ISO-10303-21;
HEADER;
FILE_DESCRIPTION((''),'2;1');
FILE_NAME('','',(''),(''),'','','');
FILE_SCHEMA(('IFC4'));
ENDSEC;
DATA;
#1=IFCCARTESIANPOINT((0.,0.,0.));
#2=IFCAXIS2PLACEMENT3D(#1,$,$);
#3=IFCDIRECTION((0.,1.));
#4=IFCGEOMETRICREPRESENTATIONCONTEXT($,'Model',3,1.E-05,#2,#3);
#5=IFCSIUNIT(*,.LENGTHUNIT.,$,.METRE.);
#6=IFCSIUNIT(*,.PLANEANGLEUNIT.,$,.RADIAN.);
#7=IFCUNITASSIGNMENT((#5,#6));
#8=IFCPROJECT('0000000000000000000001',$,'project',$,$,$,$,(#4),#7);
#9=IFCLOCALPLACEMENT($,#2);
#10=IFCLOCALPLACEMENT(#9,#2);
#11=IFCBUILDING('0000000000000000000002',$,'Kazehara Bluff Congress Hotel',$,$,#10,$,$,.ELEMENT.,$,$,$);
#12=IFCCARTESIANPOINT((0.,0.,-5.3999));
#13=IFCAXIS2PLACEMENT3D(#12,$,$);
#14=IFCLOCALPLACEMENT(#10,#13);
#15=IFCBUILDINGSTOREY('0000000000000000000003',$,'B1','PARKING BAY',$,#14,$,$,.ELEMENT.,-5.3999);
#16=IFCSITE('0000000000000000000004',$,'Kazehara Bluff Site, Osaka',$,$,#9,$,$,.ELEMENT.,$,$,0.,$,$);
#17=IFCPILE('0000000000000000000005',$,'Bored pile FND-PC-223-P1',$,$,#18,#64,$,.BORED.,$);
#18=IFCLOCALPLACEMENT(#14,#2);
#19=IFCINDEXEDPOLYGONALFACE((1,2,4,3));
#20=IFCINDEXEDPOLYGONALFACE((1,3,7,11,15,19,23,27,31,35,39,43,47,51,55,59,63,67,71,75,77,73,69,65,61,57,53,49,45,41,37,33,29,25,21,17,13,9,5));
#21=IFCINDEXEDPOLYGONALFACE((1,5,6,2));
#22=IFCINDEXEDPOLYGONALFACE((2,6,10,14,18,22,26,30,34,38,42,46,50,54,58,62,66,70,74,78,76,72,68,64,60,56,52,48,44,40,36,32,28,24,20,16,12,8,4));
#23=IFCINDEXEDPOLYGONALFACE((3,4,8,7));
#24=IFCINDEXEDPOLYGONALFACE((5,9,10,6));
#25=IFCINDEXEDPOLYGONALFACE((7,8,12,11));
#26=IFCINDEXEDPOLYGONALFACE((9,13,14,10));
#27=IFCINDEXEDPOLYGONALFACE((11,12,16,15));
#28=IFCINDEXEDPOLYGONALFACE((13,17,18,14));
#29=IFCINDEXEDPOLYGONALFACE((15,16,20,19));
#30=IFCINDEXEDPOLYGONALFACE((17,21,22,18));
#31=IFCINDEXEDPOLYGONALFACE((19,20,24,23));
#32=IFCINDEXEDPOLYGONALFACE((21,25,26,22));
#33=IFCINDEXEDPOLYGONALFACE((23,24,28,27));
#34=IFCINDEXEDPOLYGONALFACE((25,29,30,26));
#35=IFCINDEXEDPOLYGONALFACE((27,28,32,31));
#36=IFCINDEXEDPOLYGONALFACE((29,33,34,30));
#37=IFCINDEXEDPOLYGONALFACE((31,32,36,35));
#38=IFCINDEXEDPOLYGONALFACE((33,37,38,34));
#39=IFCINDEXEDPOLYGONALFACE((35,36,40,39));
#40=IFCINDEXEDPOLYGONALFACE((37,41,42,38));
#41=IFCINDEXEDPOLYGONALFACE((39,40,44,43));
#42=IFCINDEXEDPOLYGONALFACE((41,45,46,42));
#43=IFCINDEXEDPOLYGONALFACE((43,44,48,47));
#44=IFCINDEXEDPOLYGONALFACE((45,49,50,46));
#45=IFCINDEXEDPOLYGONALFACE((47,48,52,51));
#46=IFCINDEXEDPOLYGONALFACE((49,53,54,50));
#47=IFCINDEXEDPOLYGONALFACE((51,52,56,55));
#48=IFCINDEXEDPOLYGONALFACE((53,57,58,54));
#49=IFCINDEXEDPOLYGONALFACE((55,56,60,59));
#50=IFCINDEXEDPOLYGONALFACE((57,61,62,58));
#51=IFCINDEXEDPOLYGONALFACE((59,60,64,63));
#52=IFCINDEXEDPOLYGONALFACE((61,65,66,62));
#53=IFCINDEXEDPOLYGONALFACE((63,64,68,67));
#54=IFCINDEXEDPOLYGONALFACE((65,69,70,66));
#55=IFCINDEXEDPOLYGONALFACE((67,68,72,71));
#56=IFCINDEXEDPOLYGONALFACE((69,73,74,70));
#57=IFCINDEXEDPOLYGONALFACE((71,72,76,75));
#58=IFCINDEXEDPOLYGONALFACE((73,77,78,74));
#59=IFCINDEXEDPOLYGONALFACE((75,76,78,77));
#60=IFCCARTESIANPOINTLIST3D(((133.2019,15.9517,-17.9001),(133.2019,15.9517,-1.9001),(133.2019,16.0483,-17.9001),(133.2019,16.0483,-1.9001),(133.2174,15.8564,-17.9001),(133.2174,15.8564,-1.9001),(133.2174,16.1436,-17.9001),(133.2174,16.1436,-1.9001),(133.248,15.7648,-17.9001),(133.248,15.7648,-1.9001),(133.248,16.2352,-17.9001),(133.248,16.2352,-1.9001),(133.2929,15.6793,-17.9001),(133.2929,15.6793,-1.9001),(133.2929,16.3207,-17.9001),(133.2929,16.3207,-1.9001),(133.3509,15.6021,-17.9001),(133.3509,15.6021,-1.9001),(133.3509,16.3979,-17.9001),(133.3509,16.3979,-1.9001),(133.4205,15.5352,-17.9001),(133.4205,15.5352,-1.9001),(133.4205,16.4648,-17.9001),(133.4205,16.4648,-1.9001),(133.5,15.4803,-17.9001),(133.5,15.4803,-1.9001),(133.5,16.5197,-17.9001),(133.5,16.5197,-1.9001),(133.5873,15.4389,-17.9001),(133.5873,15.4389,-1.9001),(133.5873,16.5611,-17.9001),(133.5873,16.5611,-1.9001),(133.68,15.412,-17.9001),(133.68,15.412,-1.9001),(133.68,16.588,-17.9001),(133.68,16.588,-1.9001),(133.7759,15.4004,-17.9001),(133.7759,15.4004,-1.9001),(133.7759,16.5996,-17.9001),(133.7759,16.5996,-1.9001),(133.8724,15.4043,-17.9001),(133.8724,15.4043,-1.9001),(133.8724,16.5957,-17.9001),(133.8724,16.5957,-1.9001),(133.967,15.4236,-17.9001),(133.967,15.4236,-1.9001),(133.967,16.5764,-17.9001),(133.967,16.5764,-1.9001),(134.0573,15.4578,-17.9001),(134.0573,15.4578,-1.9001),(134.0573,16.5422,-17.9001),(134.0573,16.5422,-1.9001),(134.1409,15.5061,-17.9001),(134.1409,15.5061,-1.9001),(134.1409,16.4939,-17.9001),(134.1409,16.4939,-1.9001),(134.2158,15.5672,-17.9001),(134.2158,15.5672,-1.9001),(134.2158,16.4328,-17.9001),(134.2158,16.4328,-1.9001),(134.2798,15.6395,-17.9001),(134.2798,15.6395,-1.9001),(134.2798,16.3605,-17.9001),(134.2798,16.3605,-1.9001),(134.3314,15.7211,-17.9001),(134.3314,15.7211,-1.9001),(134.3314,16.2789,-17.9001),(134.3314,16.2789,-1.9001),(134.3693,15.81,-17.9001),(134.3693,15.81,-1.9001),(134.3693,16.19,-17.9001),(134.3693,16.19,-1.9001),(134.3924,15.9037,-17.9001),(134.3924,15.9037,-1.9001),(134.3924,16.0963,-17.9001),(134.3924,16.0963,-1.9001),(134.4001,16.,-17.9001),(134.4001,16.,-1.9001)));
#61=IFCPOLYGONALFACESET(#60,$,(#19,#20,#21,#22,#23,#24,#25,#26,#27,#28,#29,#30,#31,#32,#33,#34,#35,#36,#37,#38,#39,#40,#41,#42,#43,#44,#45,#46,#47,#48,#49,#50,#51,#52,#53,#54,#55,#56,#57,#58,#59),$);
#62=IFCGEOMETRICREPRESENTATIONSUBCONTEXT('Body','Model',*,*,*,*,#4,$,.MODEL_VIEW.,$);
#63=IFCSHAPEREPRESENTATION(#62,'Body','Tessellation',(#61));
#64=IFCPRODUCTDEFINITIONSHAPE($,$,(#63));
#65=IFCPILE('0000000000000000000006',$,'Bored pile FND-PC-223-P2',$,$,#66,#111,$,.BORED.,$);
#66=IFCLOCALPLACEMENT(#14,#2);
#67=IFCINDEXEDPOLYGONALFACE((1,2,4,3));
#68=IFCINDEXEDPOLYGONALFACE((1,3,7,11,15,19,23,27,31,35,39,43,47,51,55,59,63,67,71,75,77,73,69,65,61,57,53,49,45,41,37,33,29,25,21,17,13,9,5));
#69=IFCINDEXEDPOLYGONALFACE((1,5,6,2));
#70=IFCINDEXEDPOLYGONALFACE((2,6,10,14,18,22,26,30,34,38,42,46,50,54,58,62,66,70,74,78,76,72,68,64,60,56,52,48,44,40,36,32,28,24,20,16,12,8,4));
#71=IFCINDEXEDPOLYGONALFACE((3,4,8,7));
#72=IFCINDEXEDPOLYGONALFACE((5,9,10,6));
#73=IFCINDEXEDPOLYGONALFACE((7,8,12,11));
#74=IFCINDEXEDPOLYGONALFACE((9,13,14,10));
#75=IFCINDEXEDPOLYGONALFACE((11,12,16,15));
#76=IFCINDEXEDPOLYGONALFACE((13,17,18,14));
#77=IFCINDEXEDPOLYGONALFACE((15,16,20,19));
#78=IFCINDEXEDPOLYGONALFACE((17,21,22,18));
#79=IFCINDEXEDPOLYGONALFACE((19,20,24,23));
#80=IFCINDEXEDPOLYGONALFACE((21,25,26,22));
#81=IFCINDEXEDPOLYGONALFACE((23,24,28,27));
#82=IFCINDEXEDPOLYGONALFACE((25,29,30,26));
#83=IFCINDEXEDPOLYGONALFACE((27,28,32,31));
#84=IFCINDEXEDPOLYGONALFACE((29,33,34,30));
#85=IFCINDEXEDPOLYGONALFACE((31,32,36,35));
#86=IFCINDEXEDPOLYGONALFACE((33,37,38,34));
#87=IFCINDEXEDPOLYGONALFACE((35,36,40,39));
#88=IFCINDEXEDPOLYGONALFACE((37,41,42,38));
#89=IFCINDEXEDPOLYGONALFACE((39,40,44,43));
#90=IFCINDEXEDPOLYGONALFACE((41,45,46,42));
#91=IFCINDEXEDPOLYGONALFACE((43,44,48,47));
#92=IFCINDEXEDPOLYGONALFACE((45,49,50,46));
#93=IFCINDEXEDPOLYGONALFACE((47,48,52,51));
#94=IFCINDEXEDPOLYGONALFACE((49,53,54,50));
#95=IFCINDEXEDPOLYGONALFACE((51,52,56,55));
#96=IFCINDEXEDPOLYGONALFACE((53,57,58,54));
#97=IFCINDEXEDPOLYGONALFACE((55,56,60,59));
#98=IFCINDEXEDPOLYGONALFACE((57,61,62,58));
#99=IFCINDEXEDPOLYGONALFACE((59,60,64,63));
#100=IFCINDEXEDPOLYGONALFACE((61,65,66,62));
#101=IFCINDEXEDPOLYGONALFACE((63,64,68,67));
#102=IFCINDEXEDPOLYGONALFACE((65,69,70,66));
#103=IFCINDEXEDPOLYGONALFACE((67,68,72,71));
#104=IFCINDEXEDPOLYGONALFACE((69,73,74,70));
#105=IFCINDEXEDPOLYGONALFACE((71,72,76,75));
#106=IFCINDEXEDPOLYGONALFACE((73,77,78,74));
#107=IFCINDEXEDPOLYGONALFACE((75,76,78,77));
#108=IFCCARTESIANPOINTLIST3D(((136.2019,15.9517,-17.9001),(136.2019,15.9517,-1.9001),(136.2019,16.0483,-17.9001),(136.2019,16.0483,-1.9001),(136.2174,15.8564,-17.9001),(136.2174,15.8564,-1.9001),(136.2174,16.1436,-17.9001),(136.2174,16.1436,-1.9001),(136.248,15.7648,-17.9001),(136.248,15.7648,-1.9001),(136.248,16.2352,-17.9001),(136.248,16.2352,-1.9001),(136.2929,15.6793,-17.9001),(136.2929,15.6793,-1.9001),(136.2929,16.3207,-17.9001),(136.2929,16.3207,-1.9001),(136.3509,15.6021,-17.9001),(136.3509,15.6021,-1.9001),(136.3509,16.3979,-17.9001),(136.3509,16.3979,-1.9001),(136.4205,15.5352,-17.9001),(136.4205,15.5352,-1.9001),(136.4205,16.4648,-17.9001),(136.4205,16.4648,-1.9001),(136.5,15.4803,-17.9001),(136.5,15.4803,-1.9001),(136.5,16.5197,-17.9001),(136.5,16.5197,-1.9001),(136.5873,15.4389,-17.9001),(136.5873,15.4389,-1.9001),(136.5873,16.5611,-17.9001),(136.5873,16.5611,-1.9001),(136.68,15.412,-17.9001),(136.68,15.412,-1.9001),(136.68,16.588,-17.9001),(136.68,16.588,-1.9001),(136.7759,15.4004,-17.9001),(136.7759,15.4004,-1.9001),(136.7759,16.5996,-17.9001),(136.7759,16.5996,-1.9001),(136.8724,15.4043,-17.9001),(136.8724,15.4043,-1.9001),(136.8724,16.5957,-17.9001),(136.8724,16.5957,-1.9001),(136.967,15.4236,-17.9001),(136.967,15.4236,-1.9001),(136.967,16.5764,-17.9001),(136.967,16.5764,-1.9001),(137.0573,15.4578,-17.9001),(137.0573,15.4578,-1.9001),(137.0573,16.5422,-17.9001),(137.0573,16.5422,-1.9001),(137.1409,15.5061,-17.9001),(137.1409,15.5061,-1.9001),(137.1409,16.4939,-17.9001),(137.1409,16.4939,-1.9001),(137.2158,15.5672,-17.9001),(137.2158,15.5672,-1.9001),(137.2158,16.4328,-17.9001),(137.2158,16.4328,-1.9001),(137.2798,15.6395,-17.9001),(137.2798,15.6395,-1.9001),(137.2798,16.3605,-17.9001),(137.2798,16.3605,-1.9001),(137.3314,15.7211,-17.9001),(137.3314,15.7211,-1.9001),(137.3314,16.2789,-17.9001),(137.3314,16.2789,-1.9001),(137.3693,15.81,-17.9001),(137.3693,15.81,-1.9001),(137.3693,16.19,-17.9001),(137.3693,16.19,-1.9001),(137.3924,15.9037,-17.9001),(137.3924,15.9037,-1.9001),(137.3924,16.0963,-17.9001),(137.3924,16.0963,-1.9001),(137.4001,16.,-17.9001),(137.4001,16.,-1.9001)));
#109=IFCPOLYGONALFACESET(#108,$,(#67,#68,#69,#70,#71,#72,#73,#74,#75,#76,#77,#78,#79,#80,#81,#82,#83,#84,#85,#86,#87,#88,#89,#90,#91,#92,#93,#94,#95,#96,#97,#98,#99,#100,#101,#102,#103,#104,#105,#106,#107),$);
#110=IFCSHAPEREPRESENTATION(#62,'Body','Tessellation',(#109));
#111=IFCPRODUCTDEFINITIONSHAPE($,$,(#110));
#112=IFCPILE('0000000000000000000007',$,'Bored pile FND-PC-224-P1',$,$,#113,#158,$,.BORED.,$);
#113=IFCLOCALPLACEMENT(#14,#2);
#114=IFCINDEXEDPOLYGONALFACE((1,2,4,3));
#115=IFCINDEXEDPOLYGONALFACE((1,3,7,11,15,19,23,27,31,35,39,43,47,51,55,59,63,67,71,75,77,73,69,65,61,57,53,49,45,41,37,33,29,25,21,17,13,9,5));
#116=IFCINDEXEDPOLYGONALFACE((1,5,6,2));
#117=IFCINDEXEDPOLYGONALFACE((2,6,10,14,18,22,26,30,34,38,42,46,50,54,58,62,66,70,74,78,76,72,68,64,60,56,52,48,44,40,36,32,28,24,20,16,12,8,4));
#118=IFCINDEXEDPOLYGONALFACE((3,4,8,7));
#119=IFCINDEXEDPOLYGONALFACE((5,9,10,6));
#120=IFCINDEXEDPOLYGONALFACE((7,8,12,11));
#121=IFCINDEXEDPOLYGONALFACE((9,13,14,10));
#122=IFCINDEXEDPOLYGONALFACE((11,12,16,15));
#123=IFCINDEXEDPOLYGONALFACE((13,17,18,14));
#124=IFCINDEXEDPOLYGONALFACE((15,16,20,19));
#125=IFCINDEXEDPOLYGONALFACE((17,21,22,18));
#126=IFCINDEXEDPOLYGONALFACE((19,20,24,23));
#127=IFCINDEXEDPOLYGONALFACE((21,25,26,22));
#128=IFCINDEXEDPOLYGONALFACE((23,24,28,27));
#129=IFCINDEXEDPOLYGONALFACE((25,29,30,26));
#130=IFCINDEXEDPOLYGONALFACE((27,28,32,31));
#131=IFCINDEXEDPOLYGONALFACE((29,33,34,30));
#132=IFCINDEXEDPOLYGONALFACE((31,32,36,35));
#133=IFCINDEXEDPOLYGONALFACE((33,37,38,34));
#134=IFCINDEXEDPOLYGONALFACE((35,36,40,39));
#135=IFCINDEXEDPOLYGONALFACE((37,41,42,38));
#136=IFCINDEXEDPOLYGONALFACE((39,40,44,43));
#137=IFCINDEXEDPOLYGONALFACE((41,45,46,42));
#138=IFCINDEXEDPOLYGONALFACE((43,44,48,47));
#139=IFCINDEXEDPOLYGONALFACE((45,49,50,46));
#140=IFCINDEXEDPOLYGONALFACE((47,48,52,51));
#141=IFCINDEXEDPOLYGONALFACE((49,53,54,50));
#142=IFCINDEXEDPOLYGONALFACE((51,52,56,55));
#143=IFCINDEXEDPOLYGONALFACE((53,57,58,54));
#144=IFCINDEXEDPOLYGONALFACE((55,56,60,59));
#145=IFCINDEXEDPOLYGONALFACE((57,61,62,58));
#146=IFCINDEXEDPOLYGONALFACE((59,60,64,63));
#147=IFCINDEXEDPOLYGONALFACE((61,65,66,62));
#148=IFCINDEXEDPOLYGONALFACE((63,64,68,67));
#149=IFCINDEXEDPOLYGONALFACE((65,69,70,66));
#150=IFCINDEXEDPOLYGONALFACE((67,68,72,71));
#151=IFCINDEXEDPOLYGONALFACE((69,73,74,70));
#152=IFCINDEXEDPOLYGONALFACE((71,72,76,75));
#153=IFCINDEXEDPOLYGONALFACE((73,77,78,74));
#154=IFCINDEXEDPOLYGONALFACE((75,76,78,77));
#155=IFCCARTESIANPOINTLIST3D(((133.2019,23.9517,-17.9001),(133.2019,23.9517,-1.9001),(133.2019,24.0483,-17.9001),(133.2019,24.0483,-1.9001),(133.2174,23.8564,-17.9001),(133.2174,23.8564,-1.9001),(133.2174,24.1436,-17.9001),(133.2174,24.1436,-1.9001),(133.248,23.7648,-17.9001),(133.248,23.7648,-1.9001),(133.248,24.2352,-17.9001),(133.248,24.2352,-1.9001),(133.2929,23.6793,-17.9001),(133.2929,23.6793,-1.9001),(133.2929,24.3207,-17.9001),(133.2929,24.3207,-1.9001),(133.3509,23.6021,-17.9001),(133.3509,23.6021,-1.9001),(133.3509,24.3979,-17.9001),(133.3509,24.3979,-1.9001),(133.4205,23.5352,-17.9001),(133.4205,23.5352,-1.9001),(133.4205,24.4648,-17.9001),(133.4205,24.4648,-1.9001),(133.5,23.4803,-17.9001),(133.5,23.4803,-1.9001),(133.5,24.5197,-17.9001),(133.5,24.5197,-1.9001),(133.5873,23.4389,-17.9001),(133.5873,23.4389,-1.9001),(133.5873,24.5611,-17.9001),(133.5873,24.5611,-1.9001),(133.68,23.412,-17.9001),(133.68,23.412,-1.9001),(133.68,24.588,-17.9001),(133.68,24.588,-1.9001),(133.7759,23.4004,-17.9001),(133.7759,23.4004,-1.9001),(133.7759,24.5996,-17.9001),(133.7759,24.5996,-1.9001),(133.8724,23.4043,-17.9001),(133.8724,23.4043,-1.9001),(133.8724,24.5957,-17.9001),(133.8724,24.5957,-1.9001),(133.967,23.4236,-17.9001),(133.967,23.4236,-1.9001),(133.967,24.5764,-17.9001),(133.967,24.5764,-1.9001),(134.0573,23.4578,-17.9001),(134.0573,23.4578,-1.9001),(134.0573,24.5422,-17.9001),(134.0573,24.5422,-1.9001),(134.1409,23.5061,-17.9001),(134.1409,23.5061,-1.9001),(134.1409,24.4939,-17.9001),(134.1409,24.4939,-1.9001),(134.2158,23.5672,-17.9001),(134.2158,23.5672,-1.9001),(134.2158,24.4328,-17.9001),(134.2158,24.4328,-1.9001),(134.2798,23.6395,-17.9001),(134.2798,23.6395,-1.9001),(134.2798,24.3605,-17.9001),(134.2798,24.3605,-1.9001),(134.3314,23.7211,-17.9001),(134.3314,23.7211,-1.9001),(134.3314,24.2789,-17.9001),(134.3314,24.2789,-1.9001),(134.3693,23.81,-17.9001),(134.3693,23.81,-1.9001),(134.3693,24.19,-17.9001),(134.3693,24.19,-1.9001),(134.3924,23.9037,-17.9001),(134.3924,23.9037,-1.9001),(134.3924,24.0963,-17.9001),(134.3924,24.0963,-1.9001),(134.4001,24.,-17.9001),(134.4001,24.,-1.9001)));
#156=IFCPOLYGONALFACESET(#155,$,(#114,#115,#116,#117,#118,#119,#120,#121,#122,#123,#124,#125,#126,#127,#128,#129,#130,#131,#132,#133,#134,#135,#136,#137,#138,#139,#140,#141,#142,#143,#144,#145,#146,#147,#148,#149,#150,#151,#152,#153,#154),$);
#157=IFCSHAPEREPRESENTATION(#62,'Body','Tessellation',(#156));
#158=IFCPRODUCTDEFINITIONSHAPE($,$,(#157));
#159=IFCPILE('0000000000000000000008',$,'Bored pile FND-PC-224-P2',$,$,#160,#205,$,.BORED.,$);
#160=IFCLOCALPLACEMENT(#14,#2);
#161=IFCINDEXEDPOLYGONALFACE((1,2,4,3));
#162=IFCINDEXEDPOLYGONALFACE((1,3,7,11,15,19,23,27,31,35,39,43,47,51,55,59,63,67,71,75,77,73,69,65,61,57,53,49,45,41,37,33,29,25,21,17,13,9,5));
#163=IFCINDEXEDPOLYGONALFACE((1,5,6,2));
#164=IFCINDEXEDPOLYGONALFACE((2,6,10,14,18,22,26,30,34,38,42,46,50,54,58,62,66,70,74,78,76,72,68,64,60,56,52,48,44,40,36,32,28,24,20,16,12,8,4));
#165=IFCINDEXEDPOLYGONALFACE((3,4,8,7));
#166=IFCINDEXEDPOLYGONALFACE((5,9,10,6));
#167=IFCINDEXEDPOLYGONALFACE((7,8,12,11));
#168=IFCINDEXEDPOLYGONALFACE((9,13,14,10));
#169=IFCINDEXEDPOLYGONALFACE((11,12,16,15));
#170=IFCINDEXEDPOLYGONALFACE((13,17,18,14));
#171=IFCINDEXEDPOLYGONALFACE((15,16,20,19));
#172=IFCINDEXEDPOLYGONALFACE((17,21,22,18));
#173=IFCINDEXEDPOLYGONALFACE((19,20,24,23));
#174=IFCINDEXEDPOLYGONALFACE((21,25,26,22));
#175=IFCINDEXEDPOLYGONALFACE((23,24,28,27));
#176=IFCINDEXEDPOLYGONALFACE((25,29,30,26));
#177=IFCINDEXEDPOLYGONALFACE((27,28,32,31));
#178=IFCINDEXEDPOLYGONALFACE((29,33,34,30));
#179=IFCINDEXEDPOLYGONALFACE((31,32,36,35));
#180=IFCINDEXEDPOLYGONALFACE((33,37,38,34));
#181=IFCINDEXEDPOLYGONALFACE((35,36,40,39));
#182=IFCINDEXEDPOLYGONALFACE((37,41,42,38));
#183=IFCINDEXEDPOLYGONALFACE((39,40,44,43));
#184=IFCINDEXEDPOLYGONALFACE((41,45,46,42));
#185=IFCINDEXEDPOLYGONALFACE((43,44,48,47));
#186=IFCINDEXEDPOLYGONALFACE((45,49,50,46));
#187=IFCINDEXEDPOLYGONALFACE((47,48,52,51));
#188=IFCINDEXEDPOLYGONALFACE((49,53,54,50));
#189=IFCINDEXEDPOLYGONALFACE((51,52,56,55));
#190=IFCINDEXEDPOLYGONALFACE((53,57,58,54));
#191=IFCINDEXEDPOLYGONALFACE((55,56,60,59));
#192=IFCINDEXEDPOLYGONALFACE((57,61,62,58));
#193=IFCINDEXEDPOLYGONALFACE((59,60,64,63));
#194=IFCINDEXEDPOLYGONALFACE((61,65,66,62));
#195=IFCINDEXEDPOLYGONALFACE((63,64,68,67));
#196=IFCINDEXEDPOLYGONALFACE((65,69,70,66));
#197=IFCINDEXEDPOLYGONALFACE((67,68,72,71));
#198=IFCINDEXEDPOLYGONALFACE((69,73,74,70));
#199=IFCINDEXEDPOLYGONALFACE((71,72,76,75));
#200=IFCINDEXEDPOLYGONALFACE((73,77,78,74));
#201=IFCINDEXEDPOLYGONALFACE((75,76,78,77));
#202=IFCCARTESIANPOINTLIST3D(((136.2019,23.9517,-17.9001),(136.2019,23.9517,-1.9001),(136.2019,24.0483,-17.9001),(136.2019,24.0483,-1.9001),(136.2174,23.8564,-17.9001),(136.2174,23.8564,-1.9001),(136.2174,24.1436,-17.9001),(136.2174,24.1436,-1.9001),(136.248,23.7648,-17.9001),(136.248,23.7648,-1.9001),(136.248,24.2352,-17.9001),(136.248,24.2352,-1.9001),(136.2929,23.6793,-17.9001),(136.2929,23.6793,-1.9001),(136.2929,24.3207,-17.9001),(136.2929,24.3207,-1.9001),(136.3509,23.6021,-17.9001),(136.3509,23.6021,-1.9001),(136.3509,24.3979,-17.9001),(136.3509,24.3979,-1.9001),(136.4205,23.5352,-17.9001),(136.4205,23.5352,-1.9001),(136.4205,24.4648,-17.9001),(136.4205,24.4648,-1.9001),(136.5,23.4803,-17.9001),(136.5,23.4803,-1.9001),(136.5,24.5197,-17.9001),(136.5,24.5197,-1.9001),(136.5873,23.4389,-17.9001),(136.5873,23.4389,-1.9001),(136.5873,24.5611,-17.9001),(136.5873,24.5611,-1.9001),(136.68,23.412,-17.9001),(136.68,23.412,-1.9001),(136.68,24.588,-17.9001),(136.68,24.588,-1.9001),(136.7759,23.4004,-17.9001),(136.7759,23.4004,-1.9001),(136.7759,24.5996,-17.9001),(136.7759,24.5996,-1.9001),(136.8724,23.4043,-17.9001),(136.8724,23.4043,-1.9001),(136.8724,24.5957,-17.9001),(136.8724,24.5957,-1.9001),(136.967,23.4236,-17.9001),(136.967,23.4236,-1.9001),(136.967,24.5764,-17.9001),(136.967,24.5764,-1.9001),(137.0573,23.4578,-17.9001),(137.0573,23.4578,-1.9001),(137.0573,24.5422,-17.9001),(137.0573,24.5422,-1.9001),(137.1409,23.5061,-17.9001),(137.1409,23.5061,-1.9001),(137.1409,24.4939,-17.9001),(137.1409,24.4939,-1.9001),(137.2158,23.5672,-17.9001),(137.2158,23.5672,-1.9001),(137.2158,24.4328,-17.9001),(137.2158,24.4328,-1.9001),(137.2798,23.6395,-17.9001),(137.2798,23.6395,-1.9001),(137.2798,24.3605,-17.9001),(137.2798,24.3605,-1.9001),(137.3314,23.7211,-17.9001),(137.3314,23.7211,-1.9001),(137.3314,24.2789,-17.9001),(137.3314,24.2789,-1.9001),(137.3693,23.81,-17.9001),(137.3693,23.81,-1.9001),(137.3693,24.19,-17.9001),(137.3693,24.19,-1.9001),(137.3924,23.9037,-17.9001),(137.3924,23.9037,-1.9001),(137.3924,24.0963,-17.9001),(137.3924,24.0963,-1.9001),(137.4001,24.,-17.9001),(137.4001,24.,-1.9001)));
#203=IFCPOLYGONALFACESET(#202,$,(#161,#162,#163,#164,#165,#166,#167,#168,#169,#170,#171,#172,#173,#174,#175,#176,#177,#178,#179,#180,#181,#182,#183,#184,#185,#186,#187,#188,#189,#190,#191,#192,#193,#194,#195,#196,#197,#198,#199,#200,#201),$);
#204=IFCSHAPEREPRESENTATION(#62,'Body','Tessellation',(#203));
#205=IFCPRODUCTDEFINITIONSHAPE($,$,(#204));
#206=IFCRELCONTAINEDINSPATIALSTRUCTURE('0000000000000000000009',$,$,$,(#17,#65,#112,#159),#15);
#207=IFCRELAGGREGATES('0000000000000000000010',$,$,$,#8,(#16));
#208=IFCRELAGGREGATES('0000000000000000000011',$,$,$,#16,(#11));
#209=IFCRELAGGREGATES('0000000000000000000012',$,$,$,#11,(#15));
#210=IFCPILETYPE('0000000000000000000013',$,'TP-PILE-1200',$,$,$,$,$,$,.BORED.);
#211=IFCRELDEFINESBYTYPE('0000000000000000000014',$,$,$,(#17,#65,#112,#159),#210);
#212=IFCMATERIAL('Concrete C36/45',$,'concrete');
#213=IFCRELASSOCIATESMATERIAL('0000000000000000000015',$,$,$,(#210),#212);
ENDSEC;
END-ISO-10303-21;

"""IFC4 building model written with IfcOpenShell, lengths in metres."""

from ifc_helpers import new_model, si_unit, direction, frame, origin, origin_2d, place, context, subcontext, project, spatial, circle, extrude, material, material_profile, profile_set, type_object, element, save


model = new_model("IFC4")

# Units and contexts
model_context = context("Model", 3, precision=1e-05, world=origin(), true_north=direction((0.0, 1.0)))
body_context = subcontext(model_context, "Body", "Model", "MODEL_VIEW")
ifc_project = project(units=[si_unit("LENGTHUNIT", "METRE"), si_unit("PLANEANGLEUNIT", "RADIAN")], contexts=[model_context])

# Site, building, storey
site_placement = place(None, origin())
site = spatial("IfcSite", under=ifc_project, at=site_placement, Name="Kazehara Bluff Site, Osaka", CompositionType="ELEMENT", RefElevation=0.0)
building_placement = place(site_placement, origin())
building = spatial("IfcBuilding", under=site, at=building_placement, Name="Kazehara Bluff Congress Hotel", CompositionType="ELEMENT")
storey_placement = place(building_placement, frame((0.0, 0.0, -5.3999)))
storey = spatial("IfcBuildingStorey", under=building, at=storey_placement, Name="B1", Description="PARKING BAY", CompositionType="ELEMENT", Elevation=-5.3999)

# Piles
ifc_material_1 = material(Name="Concrete C36/45", Category="concrete")
ifc_material_profile_1 = material_profile(ifc_material_1, circle(Radius=0.6001, at=origin_2d()))
ifc_profile_set_1 = profile_set([ifc_material_profile_1], Name="Concrete C36/45")
pile_type_1 = type_object("IfcPileType", Name="TP-PILE-1200", PredefinedType="BORED", material=ifc_profile_set_1)
for number, where, z_axis, x_axis, name in (
    (1, (133.8, 16.0, -1.9001), (0.0, 0.0, -1.0), (1.0, 0.0, 0.0), "Bored pile FND-PC-223-P1"),
    (2, (136.8, 16.0, -1.9001), (0.0, 0.0, -1.0), (1.0, 0.0, 0.0), "Bored pile FND-PC-223-P2"),
    (3, (133.8, 24.0, -1.9001), (0.0, 0.0, -1.0), (1.0, 0.0, 0.0), "Bored pile FND-PC-224-P1"),
    (4, (136.8, 24.0, -1.9001), (0.0, 0.0, -1.0), (1.0, 0.0, 0.0), "Bored pile FND-PC-224-P2"),
):
    element("IfcPile", number, at=place(storey_placement, frame(where, z_axis=z_axis, x_axis=x_axis)), inside=storey, type_object=pile_type_1, Name=name, PredefinedType="BORED", context=body_context, shape_type="SweptSolid", body=[
        extrude(circle(Radius=0.6001, at=origin_2d()), origin(), (0.0, 0.0, 1.0), 16.0),
    ])

save(model, "model.ifc")
